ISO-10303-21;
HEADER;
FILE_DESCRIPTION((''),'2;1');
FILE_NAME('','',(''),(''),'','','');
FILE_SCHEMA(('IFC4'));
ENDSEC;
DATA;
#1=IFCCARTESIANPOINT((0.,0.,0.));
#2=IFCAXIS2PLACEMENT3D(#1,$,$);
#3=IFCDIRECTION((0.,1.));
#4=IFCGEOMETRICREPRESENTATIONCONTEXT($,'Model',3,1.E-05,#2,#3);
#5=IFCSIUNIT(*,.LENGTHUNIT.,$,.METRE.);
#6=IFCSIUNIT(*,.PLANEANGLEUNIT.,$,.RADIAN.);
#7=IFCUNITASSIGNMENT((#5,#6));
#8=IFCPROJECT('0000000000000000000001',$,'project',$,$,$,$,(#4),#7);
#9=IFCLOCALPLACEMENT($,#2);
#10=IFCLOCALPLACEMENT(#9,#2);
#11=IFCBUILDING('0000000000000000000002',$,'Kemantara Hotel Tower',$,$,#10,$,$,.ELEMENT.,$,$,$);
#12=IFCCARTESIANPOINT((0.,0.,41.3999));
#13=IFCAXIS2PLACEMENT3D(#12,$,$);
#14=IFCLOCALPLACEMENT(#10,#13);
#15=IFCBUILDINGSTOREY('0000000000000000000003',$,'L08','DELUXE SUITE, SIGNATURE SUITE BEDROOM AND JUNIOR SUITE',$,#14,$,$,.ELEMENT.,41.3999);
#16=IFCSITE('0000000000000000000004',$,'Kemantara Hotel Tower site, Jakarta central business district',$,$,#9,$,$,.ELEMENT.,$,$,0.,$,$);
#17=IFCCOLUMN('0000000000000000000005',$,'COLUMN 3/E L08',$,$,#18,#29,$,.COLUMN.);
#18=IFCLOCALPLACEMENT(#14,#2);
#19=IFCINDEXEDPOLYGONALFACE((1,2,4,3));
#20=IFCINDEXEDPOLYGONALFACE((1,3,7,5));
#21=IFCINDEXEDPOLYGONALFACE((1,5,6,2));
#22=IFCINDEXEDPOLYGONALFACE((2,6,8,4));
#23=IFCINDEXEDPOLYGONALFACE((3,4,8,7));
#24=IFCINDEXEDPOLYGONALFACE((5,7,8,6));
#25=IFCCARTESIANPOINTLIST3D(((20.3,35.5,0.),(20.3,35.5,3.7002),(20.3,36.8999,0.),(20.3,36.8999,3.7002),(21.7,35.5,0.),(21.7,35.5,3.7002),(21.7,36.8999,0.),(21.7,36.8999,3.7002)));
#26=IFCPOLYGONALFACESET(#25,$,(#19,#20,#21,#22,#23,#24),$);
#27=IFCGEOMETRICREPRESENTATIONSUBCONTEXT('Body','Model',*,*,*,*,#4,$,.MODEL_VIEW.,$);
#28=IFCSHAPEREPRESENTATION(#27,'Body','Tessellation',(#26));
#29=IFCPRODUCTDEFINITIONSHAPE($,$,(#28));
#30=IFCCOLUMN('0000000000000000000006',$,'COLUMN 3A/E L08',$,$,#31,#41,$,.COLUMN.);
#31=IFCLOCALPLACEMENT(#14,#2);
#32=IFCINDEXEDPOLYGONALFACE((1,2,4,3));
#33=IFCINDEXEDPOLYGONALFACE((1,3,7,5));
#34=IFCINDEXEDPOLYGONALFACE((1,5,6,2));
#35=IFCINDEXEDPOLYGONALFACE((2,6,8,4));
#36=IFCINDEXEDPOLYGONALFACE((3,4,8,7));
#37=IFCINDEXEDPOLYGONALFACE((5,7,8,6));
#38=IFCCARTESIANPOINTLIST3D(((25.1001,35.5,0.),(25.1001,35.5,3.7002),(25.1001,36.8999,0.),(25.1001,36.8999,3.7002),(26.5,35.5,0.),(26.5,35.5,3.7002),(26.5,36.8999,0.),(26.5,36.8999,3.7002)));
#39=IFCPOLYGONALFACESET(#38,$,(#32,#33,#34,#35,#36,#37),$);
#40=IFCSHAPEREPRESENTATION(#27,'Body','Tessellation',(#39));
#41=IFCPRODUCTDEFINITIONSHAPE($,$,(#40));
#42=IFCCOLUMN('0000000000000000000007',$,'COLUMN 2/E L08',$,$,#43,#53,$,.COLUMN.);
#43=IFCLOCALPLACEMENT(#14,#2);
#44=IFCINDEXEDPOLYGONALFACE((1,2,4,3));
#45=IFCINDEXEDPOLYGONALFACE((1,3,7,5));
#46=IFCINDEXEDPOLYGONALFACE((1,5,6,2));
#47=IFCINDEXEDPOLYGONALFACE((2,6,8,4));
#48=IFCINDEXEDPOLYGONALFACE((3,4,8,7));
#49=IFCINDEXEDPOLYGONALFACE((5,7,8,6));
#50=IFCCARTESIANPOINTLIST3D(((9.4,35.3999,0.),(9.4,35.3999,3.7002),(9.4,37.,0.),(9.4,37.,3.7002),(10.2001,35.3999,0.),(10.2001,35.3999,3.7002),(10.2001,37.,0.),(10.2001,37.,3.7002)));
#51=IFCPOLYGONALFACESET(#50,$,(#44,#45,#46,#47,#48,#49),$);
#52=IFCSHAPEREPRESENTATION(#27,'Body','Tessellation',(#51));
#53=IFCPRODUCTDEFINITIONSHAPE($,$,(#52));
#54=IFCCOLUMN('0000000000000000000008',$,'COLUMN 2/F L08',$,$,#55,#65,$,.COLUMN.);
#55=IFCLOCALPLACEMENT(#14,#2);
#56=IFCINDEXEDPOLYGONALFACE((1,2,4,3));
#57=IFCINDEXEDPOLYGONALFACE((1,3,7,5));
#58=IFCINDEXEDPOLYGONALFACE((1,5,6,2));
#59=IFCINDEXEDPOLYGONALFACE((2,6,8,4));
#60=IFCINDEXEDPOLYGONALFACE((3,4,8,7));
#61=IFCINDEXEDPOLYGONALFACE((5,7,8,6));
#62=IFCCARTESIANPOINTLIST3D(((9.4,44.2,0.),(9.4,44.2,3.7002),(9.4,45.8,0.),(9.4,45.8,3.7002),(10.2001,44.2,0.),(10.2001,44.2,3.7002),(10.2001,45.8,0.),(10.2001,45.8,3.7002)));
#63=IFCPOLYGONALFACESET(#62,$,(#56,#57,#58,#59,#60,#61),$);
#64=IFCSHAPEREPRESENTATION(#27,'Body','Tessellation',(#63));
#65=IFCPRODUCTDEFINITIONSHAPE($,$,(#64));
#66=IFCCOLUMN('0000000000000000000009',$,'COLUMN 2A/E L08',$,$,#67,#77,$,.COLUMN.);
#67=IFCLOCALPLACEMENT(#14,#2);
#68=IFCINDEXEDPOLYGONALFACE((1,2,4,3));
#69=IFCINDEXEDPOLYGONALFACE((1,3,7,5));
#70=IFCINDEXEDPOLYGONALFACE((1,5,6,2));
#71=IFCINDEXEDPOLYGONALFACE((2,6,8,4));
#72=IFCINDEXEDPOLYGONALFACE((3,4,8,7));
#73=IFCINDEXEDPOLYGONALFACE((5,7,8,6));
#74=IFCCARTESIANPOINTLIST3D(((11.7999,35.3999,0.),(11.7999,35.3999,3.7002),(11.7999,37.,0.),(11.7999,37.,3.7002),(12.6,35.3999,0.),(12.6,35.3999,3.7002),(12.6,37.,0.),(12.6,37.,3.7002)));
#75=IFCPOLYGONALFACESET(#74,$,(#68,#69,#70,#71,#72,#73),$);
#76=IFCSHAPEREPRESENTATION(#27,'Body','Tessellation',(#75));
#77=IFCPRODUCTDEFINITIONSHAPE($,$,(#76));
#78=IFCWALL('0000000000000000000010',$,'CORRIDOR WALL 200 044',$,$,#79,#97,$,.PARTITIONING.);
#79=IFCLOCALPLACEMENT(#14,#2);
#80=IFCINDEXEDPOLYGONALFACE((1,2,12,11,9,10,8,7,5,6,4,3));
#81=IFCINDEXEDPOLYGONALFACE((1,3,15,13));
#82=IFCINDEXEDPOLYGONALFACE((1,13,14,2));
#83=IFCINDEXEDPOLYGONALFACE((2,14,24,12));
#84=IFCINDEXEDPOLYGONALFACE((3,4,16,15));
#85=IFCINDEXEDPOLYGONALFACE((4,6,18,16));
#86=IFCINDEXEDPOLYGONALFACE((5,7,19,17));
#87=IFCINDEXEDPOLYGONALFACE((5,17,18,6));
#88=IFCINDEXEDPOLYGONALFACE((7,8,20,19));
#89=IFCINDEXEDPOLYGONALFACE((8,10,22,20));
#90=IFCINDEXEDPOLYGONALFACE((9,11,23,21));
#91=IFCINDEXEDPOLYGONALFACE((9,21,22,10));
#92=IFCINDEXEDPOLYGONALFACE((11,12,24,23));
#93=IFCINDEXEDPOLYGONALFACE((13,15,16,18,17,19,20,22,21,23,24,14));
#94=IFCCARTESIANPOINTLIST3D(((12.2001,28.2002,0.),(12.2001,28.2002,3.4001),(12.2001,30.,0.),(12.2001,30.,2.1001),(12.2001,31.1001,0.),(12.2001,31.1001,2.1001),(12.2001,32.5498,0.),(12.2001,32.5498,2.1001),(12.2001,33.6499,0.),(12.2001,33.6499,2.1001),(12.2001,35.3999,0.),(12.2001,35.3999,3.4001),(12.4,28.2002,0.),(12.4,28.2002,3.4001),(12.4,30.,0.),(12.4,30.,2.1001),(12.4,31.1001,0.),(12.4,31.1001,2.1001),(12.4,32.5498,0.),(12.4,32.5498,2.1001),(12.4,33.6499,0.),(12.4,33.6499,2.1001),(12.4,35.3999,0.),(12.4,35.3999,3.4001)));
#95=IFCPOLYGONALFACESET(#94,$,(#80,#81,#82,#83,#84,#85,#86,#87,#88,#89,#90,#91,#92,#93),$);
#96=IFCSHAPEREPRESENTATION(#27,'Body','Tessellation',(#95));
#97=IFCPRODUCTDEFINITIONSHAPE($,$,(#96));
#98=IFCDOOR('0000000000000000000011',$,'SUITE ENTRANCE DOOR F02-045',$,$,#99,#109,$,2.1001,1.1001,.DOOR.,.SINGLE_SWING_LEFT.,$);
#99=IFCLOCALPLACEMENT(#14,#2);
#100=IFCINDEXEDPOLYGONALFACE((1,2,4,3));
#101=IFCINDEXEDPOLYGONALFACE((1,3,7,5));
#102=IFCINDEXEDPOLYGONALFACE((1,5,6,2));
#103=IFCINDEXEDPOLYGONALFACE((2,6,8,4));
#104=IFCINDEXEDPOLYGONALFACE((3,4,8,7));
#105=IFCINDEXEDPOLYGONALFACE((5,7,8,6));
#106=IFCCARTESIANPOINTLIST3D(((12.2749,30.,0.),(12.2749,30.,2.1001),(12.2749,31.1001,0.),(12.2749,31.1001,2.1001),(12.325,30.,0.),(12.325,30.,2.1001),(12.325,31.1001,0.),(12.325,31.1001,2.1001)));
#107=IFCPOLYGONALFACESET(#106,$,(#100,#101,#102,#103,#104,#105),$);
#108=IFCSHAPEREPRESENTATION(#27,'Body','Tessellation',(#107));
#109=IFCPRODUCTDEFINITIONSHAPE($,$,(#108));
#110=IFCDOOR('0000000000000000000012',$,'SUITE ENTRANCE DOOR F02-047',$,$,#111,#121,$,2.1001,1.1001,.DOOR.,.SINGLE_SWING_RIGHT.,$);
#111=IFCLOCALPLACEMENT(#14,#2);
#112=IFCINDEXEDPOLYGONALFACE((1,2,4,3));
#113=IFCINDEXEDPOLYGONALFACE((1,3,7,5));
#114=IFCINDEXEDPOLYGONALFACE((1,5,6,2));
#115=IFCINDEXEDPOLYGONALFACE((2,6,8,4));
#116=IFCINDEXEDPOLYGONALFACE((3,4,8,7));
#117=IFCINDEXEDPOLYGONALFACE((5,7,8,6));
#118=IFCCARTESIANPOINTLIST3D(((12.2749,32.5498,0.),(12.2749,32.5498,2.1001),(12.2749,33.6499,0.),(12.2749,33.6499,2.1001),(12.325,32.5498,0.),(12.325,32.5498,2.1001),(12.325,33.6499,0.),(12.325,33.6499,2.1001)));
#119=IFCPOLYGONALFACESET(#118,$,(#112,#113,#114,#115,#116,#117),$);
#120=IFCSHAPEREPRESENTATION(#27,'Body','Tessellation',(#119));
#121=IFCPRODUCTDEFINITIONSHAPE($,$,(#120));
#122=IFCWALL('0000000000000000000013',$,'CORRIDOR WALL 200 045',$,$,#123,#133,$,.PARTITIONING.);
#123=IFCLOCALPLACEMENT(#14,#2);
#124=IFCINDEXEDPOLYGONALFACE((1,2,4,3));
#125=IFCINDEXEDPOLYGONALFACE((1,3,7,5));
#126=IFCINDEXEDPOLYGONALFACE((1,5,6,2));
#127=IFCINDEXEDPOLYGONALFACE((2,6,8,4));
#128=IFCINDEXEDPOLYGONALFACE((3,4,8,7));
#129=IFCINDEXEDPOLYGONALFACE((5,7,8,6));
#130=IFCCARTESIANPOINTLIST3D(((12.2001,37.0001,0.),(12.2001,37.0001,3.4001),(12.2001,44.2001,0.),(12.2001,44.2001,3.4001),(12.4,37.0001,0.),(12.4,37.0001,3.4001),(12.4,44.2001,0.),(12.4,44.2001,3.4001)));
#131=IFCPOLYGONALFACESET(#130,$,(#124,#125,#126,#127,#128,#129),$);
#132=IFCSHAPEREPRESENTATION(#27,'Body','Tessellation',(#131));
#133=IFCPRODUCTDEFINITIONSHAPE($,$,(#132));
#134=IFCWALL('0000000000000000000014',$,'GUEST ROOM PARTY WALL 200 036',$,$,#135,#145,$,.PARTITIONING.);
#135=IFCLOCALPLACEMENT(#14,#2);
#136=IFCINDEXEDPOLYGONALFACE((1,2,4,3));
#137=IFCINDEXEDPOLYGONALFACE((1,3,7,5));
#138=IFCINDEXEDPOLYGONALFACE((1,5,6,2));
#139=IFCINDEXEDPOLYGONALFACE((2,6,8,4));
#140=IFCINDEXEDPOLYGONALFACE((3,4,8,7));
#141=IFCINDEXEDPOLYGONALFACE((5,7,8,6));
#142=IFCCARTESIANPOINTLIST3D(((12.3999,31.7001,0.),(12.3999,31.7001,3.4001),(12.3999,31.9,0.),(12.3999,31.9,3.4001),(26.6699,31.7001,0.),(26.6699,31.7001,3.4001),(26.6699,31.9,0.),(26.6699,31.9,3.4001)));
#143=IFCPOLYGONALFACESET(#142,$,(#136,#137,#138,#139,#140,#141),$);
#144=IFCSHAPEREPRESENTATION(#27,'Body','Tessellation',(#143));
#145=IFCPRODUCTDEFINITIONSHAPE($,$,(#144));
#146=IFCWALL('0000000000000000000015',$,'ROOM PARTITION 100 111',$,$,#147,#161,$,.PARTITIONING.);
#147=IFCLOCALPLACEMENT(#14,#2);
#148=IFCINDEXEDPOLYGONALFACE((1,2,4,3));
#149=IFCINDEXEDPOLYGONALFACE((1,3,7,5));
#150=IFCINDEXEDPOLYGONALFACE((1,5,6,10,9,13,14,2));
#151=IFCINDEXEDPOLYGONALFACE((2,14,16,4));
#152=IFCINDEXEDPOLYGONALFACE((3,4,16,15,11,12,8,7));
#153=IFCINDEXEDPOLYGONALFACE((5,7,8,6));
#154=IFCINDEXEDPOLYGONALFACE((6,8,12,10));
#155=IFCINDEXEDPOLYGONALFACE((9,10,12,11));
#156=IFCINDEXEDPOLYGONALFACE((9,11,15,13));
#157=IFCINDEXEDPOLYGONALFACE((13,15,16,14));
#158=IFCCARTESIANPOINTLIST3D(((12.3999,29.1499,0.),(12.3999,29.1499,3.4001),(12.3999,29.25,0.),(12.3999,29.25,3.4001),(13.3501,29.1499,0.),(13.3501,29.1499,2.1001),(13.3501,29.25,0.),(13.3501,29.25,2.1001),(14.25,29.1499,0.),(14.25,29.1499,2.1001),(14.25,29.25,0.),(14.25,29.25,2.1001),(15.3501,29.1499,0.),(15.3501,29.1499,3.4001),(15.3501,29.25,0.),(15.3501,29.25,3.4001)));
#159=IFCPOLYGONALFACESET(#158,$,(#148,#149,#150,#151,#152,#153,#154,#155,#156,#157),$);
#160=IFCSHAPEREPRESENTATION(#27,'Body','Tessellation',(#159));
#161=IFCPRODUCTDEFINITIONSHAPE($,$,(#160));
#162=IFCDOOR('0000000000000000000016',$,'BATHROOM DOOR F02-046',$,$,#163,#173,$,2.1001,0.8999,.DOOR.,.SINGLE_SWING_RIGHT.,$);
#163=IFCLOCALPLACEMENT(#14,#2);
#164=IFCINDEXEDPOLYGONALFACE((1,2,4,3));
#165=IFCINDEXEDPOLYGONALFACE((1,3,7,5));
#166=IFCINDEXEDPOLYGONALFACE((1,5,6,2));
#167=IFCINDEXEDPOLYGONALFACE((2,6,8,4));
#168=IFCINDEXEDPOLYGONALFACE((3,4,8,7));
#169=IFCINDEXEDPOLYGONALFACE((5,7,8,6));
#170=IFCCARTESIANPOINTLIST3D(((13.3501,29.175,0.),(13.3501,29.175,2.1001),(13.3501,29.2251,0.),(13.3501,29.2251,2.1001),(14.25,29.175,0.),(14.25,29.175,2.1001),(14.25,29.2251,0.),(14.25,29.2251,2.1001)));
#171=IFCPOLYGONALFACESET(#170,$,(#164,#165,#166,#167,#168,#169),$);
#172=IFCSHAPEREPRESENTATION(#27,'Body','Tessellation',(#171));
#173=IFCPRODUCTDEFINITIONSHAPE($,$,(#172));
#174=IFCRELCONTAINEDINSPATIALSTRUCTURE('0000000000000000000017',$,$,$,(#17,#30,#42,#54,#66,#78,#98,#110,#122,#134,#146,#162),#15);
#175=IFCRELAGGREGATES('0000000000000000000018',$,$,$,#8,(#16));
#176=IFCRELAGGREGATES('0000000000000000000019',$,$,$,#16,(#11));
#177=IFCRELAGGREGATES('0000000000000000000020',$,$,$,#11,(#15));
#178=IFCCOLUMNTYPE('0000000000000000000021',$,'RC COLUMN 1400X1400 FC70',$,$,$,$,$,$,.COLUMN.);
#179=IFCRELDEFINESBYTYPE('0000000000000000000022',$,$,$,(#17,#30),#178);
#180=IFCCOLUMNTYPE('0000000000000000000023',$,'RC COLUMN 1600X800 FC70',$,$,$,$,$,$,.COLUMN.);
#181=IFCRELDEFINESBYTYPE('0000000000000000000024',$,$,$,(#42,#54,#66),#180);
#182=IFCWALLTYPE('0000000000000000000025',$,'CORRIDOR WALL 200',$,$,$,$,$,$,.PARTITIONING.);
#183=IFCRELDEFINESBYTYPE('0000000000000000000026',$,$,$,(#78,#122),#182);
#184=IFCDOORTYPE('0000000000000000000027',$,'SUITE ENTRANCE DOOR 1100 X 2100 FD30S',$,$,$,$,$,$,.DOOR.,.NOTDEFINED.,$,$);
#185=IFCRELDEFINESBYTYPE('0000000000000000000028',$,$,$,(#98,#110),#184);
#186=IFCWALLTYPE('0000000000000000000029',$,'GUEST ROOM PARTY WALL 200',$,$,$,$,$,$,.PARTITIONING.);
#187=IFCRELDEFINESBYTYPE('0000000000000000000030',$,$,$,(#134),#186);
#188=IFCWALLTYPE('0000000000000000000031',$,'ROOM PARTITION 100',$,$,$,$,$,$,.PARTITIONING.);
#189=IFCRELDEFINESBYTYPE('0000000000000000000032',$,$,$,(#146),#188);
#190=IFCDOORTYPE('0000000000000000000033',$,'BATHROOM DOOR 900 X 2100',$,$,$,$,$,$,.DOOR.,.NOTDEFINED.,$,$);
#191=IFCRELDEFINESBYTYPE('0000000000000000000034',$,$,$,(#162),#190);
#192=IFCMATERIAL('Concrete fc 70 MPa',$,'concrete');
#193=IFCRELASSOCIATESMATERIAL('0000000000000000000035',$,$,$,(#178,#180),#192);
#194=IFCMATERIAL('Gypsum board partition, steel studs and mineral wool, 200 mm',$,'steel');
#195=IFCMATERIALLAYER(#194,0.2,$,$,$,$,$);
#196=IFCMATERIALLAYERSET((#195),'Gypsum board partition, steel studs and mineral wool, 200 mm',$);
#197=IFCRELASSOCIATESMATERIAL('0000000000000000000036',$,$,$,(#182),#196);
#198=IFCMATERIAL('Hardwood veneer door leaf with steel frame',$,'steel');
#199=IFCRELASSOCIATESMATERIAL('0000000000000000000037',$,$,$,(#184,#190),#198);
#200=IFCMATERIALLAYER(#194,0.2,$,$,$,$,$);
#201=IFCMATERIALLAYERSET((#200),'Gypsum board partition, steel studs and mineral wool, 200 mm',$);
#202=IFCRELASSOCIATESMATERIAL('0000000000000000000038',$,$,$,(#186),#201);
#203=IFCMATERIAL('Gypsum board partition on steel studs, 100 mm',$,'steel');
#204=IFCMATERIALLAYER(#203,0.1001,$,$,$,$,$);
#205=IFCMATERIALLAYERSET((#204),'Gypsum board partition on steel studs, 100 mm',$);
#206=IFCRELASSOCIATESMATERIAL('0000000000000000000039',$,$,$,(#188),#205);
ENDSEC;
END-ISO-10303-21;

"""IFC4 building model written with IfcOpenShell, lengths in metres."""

from ifc_helpers import new_model, si_unit, direction, frame, frame_2d, origin, origin_2d, place, context, subcontext, project, spatial, rectangle, extrude, material, layer, layer_set, material_profile, profile_set, type_object, element, fill, save


model = new_model("IFC4")

# Units and contexts
model_context = context("Model", 3, precision=1e-05, world=origin(), true_north=direction((0.0, 1.0)))
body_context = subcontext(model_context, "Body", "Model", "MODEL_VIEW")
ifc_project = project(units=[si_unit("LENGTHUNIT", "METRE"), si_unit("PLANEANGLEUNIT", "RADIAN")], contexts=[model_context])

# Site, building, storey
site_placement = place(None, origin())
site = spatial("IfcSite", under=ifc_project, at=site_placement, Name="Kemantara Hotel Tower site, Jakarta central business district", CompositionType="ELEMENT", RefElevation=0.0)
building_placement = place(site_placement, origin())
building = spatial("IfcBuilding", under=site, at=building_placement, Name="Kemantara Hotel Tower", CompositionType="ELEMENT")
storey_placement = place(building_placement, frame((0.0, 0.0, 41.3999)))
storey = spatial("IfcBuildingStorey", under=building, at=storey_placement, Name="L08", Description="DELUXE SUITE, SIGNATURE SUITE BEDROOM AND JUNIOR SUITE", CompositionType="ELEMENT", Elevation=41.3999)

# Columns
ifc_material_1 = material(Name="Concrete fc 70 MPa", Category="concrete")
ifc_material_profile_1 = material_profile(ifc_material_1, rectangle(XDim=1.3999, YDim=1.3999, at=origin_2d()), Name="RC 1400X1400")
ifc_profile_set_1 = profile_set([ifc_material_profile_1], Name="Concrete fc 70 MPa")
column_type_1 = type_object("IfcColumnType", Name="RC COLUMN 1400X1400 FC70", PredefinedType="COLUMN", material=ifc_profile_set_1)
for number, where, z_axis, x_axis, name in (
    (1, (21.0, 36.2, 0.0), (0.0, 0.0, 1.0), (1.0, 0.0, 0.0), "COLUMN 3/E L08"),
    (2, (25.8, 36.2, 0.0), (0.0, 0.0, 1.0), (1.0, 0.0, 0.0), "COLUMN 3A/E L08"),
):
    element("IfcColumn", number, at=place(storey_placement, frame(where, z_axis=z_axis, x_axis=x_axis)), inside=storey, type_object=column_type_1, Name=name, PredefinedType="COLUMN", context=body_context, shape_type="SweptSolid", body=[
        extrude(rectangle(XDim=1.3999, YDim=1.3999, at=origin_2d()), origin(), (0.0, 0.0, 1.0), 3.7002),
    ])
ifc_material_profile_2 = material_profile(ifc_material_1, rectangle(XDim=1.6001, YDim=0.8, at=origin_2d()), Name="RC 1600X800")
ifc_profile_set_2 = profile_set([ifc_material_profile_2], Name="Concrete fc 70 MPa")
column_type_2 = type_object("IfcColumnType", Name="RC COLUMN 1600X800 FC70", PredefinedType="COLUMN", material=ifc_profile_set_2)
for number, where, z_axis, x_axis, name in (
    (3, (9.8, 36.2, 0.0), (0.0, 0.0, 1.0), (0.0, 1.0, 0.0), "COLUMN 2/E L08"),
    (4, (9.8, 45.0, 0.0), (0.0, 0.0, 1.0), (0.0, 1.0, 0.0), "COLUMN 2/F L08"),
    (5, (12.2, 36.2, 0.0), (0.0, 0.0, 1.0), (0.0, 1.0, 0.0), "COLUMN 2A/E L08"),
):
    element("IfcColumn", number, at=place(storey_placement, frame(where, z_axis=z_axis, x_axis=x_axis)), inside=storey, type_object=column_type_2, Name=name, PredefinedType="COLUMN", context=body_context, shape_type="SweptSolid", body=[
        extrude(rectangle(XDim=1.6001, YDim=0.8, at=origin_2d()), origin(), (0.0, 0.0, 1.0), 3.7002),
    ])

# Wall, openings, doors
ifc_material_2 = material(Name="Gypsum board partition, steel studs and mineral wool, 200 mm", Category="steel")
ifc_layer_1 = layer(ifc_material_2, 0.2)
ifc_layer_set_1 = layer_set([ifc_layer_1], Name="Gypsum board partition, steel studs and mineral wool, 200 mm")
wall_type_1 = type_object("IfcWallType", Name="CORRIDOR WALL 200", PredefinedType="PARTITIONING", material=ifc_layer_set_1)
wall_1_placement = place(storey_placement, frame((12.3, 35.3999, 0.0), z_axis=(0.0, 0.0, 1.0), x_axis=(0.0, -1.0, 0.0)))
wall_1 = element("IfcWall", 6, at=wall_1_placement, inside=storey, type_object=wall_type_1, Name="CORRIDOR WALL 200 044", PredefinedType="PARTITIONING", context=body_context, shape_type="SweptSolid", body=[
    extrude(rectangle(XDim=7.1997, YDim=0.2, at=frame_2d((3.5999, 0.0))), origin(), (0.0, 0.0, 1.0), 3.4001),
])
opening_1_placement = place(wall_1_placement, frame((4.2998, 0.0, 0.0)))
opening_1 = element("IfcOpeningElement", 7, at=opening_1_placement, cuts=wall_1, PredefinedType="OPENING", context=body_context, shape_type="SweptSolid", body=[
    extrude(rectangle(XDim=1.1001, YDim=2.1001, at=frame_2d((0.55, 1.05))), frame((0.0, 0.1099, 0.0), z_axis=(0.0, -1.0, 0.0), x_axis=(1.0, 0.0, 0.0)), (0.0, 0.0, 1.0), 0.22),
])
opening_2_placement = place(wall_1_placement, frame((1.75, 0.0, 0.0)))
opening_2 = element("IfcOpeningElement", 8, at=opening_2_placement, cuts=wall_1, PredefinedType="OPENING", context=body_context, shape_type="SweptSolid", body=[
    extrude(rectangle(XDim=1.1001, YDim=2.1001, at=frame_2d((0.55, 1.05))), frame((0.0, 0.1099, 0.0), z_axis=(0.0, -1.0, 0.0), x_axis=(1.0, 0.0, 0.0)), (0.0, 0.0, 1.0), 0.22),
])
ifc_material_3 = material(Name="Hardwood veneer door leaf with steel frame", Category="steel")
door_type_1 = type_object("IfcDoorType", Name="SUITE ENTRANCE DOOR 1100 X 2100 FD30S", OperationType="NOTDEFINED", PredefinedType="DOOR", material=ifc_material_3)
door_1_placement = place(opening_1_placement, origin())
door_1 = element("IfcDoor", 9, at=door_1_placement, inside=storey, type_object=door_type_1, Name="SUITE ENTRANCE DOOR F02-045", OperationType="SINGLE_SWING_LEFT", OverallHeight=2.1001, OverallWidth=1.1001, PredefinedType="DOOR", context=body_context, shape_type="SweptSolid", body=[
    extrude(rectangle(XDim=1.1001, YDim=2.1001, at=frame_2d((0.55, 1.05))), frame((0.0, 0.0249, 0.0), z_axis=(0.0, -1.0, 0.0), x_axis=(1.0, 0.0, 0.0)), (0.0, 0.0, 1.0), 0.05),
])
fill(opening_1, door_1)
door_2_placement = place(opening_2_placement, origin())
door_2 = element("IfcDoor", 10, at=door_2_placement, inside=storey, type_object=door_type_1, Name="SUITE ENTRANCE DOOR F02-047", OperationType="SINGLE_SWING_RIGHT", OverallHeight=2.1001, OverallWidth=1.1001, PredefinedType="DOOR", context=body_context, shape_type="SweptSolid", body=[
    extrude(rectangle(XDim=1.1001, YDim=2.1001, at=frame_2d((0.55, 1.05))), frame((0.0, 0.0249, 0.0), z_axis=(0.0, -1.0, 0.0), x_axis=(1.0, 0.0, 0.0)), (0.0, 0.0, 1.0), 0.05),
])
fill(opening_2, door_2)

# Walls
wall_2_placement = place(storey_placement, frame((12.3, 37.0, 0.0), z_axis=(0.0, 0.0, 1.0), x_axis=(0.0, 1.0, 0.0)))
element("IfcWall", 11, at=wall_2_placement, inside=storey, type_object=wall_type_1, Name="CORRIDOR WALL 200 045", PredefinedType="PARTITIONING", context=body_context, shape_type="SweptSolid", body=[
    extrude(rectangle(XDim=7.2, YDim=0.2, at=frame_2d((3.6001, 0.0))), origin(), (0.0, 0.0, 1.0), 3.4001),
])
ifc_layer_2 = layer(ifc_material_2, 0.2)
ifc_layer_set_2 = layer_set([ifc_layer_2], Name="Gypsum board partition, steel studs and mineral wool, 200 mm")
wall_type_2 = type_object("IfcWallType", Name="GUEST ROOM PARTY WALL 200", PredefinedType="PARTITIONING", material=ifc_layer_set_2)
wall_3_placement = place(storey_placement, frame((12.3999, 31.8, 0.0), z_axis=(0.0, 0.0, 1.0), x_axis=(1.0, 0.0, 0.0)))
element("IfcWall", 12, at=wall_3_placement, inside=storey, type_object=wall_type_2, Name="GUEST ROOM PARTY WALL 200 036", PredefinedType="PARTITIONING", context=body_context, shape_type="SweptSolid", body=[
    extrude(rectangle(XDim=14.27, YDim=0.2, at=frame_2d((7.135, 0.0))), origin(), (0.0, 0.0, 1.0), 3.4001),
])

# Wall, opening, door
ifc_material_4 = material(Name="Gypsum board partition on steel studs, 100 mm", Category="steel")
ifc_layer_3 = layer(ifc_material_4, 0.1001)
ifc_layer_set_3 = layer_set([ifc_layer_3], Name="Gypsum board partition on steel studs, 100 mm")
wall_type_3 = type_object("IfcWallType", Name="ROOM PARTITION 100", PredefinedType="PARTITIONING", material=ifc_layer_set_3)
wall_4_placement = place(storey_placement, frame((15.3501, 29.2, 0.0), z_axis=(0.0, 0.0, 1.0), x_axis=(-1.0, 0.0, 0.0)))
wall_4 = element("IfcWall", 13, at=wall_4_placement, inside=storey, type_object=wall_type_3, Name="ROOM PARTITION 100 111", PredefinedType="PARTITIONING", context=body_context, shape_type="SweptSolid", body=[
    extrude(rectangle(XDim=2.9502, YDim=0.1001, at=frame_2d((1.4751, 0.0))), origin(), (0.0, 0.0, 1.0), 3.4001),
])
opening_3_placement = place(wall_4_placement, frame((1.1001, 0.0, 0.0)))
opening_3 = element("IfcOpeningElement", 14, at=opening_3_placement, cuts=wall_4, PredefinedType="OPENING", context=body_context, shape_type="SweptSolid", body=[
    extrude(rectangle(XDim=0.8999, YDim=2.1001, at=frame_2d((0.45, 1.05))), frame((0.0, 0.0601, 0.0), z_axis=(0.0, -1.0, 0.0), x_axis=(1.0, 0.0, 0.0)), (0.0, 0.0, 1.0), 0.1201),
])
door_type_2 = type_object("IfcDoorType", Name="BATHROOM DOOR 900 X 2100", OperationType="NOTDEFINED", PredefinedType="DOOR", material=ifc_material_3)
door_3_placement = place(opening_3_placement, origin())
door_3 = element("IfcDoor", 15, at=door_3_placement, inside=storey, type_object=door_type_2, Name="BATHROOM DOOR F02-046", OperationType="SINGLE_SWING_RIGHT", OverallHeight=2.1001, OverallWidth=0.8999, PredefinedType="DOOR", context=body_context, shape_type="SweptSolid", body=[
    extrude(rectangle(XDim=0.8999, YDim=2.1001, at=frame_2d((0.45, 1.05))), frame((0.0, 0.0249, 0.0), z_axis=(0.0, -1.0, 0.0), x_axis=(1.0, 0.0, 0.0)), (0.0, 0.0, 1.0), 0.05),
])
fill(opening_3, door_3)

save(model, "model.ifc")
